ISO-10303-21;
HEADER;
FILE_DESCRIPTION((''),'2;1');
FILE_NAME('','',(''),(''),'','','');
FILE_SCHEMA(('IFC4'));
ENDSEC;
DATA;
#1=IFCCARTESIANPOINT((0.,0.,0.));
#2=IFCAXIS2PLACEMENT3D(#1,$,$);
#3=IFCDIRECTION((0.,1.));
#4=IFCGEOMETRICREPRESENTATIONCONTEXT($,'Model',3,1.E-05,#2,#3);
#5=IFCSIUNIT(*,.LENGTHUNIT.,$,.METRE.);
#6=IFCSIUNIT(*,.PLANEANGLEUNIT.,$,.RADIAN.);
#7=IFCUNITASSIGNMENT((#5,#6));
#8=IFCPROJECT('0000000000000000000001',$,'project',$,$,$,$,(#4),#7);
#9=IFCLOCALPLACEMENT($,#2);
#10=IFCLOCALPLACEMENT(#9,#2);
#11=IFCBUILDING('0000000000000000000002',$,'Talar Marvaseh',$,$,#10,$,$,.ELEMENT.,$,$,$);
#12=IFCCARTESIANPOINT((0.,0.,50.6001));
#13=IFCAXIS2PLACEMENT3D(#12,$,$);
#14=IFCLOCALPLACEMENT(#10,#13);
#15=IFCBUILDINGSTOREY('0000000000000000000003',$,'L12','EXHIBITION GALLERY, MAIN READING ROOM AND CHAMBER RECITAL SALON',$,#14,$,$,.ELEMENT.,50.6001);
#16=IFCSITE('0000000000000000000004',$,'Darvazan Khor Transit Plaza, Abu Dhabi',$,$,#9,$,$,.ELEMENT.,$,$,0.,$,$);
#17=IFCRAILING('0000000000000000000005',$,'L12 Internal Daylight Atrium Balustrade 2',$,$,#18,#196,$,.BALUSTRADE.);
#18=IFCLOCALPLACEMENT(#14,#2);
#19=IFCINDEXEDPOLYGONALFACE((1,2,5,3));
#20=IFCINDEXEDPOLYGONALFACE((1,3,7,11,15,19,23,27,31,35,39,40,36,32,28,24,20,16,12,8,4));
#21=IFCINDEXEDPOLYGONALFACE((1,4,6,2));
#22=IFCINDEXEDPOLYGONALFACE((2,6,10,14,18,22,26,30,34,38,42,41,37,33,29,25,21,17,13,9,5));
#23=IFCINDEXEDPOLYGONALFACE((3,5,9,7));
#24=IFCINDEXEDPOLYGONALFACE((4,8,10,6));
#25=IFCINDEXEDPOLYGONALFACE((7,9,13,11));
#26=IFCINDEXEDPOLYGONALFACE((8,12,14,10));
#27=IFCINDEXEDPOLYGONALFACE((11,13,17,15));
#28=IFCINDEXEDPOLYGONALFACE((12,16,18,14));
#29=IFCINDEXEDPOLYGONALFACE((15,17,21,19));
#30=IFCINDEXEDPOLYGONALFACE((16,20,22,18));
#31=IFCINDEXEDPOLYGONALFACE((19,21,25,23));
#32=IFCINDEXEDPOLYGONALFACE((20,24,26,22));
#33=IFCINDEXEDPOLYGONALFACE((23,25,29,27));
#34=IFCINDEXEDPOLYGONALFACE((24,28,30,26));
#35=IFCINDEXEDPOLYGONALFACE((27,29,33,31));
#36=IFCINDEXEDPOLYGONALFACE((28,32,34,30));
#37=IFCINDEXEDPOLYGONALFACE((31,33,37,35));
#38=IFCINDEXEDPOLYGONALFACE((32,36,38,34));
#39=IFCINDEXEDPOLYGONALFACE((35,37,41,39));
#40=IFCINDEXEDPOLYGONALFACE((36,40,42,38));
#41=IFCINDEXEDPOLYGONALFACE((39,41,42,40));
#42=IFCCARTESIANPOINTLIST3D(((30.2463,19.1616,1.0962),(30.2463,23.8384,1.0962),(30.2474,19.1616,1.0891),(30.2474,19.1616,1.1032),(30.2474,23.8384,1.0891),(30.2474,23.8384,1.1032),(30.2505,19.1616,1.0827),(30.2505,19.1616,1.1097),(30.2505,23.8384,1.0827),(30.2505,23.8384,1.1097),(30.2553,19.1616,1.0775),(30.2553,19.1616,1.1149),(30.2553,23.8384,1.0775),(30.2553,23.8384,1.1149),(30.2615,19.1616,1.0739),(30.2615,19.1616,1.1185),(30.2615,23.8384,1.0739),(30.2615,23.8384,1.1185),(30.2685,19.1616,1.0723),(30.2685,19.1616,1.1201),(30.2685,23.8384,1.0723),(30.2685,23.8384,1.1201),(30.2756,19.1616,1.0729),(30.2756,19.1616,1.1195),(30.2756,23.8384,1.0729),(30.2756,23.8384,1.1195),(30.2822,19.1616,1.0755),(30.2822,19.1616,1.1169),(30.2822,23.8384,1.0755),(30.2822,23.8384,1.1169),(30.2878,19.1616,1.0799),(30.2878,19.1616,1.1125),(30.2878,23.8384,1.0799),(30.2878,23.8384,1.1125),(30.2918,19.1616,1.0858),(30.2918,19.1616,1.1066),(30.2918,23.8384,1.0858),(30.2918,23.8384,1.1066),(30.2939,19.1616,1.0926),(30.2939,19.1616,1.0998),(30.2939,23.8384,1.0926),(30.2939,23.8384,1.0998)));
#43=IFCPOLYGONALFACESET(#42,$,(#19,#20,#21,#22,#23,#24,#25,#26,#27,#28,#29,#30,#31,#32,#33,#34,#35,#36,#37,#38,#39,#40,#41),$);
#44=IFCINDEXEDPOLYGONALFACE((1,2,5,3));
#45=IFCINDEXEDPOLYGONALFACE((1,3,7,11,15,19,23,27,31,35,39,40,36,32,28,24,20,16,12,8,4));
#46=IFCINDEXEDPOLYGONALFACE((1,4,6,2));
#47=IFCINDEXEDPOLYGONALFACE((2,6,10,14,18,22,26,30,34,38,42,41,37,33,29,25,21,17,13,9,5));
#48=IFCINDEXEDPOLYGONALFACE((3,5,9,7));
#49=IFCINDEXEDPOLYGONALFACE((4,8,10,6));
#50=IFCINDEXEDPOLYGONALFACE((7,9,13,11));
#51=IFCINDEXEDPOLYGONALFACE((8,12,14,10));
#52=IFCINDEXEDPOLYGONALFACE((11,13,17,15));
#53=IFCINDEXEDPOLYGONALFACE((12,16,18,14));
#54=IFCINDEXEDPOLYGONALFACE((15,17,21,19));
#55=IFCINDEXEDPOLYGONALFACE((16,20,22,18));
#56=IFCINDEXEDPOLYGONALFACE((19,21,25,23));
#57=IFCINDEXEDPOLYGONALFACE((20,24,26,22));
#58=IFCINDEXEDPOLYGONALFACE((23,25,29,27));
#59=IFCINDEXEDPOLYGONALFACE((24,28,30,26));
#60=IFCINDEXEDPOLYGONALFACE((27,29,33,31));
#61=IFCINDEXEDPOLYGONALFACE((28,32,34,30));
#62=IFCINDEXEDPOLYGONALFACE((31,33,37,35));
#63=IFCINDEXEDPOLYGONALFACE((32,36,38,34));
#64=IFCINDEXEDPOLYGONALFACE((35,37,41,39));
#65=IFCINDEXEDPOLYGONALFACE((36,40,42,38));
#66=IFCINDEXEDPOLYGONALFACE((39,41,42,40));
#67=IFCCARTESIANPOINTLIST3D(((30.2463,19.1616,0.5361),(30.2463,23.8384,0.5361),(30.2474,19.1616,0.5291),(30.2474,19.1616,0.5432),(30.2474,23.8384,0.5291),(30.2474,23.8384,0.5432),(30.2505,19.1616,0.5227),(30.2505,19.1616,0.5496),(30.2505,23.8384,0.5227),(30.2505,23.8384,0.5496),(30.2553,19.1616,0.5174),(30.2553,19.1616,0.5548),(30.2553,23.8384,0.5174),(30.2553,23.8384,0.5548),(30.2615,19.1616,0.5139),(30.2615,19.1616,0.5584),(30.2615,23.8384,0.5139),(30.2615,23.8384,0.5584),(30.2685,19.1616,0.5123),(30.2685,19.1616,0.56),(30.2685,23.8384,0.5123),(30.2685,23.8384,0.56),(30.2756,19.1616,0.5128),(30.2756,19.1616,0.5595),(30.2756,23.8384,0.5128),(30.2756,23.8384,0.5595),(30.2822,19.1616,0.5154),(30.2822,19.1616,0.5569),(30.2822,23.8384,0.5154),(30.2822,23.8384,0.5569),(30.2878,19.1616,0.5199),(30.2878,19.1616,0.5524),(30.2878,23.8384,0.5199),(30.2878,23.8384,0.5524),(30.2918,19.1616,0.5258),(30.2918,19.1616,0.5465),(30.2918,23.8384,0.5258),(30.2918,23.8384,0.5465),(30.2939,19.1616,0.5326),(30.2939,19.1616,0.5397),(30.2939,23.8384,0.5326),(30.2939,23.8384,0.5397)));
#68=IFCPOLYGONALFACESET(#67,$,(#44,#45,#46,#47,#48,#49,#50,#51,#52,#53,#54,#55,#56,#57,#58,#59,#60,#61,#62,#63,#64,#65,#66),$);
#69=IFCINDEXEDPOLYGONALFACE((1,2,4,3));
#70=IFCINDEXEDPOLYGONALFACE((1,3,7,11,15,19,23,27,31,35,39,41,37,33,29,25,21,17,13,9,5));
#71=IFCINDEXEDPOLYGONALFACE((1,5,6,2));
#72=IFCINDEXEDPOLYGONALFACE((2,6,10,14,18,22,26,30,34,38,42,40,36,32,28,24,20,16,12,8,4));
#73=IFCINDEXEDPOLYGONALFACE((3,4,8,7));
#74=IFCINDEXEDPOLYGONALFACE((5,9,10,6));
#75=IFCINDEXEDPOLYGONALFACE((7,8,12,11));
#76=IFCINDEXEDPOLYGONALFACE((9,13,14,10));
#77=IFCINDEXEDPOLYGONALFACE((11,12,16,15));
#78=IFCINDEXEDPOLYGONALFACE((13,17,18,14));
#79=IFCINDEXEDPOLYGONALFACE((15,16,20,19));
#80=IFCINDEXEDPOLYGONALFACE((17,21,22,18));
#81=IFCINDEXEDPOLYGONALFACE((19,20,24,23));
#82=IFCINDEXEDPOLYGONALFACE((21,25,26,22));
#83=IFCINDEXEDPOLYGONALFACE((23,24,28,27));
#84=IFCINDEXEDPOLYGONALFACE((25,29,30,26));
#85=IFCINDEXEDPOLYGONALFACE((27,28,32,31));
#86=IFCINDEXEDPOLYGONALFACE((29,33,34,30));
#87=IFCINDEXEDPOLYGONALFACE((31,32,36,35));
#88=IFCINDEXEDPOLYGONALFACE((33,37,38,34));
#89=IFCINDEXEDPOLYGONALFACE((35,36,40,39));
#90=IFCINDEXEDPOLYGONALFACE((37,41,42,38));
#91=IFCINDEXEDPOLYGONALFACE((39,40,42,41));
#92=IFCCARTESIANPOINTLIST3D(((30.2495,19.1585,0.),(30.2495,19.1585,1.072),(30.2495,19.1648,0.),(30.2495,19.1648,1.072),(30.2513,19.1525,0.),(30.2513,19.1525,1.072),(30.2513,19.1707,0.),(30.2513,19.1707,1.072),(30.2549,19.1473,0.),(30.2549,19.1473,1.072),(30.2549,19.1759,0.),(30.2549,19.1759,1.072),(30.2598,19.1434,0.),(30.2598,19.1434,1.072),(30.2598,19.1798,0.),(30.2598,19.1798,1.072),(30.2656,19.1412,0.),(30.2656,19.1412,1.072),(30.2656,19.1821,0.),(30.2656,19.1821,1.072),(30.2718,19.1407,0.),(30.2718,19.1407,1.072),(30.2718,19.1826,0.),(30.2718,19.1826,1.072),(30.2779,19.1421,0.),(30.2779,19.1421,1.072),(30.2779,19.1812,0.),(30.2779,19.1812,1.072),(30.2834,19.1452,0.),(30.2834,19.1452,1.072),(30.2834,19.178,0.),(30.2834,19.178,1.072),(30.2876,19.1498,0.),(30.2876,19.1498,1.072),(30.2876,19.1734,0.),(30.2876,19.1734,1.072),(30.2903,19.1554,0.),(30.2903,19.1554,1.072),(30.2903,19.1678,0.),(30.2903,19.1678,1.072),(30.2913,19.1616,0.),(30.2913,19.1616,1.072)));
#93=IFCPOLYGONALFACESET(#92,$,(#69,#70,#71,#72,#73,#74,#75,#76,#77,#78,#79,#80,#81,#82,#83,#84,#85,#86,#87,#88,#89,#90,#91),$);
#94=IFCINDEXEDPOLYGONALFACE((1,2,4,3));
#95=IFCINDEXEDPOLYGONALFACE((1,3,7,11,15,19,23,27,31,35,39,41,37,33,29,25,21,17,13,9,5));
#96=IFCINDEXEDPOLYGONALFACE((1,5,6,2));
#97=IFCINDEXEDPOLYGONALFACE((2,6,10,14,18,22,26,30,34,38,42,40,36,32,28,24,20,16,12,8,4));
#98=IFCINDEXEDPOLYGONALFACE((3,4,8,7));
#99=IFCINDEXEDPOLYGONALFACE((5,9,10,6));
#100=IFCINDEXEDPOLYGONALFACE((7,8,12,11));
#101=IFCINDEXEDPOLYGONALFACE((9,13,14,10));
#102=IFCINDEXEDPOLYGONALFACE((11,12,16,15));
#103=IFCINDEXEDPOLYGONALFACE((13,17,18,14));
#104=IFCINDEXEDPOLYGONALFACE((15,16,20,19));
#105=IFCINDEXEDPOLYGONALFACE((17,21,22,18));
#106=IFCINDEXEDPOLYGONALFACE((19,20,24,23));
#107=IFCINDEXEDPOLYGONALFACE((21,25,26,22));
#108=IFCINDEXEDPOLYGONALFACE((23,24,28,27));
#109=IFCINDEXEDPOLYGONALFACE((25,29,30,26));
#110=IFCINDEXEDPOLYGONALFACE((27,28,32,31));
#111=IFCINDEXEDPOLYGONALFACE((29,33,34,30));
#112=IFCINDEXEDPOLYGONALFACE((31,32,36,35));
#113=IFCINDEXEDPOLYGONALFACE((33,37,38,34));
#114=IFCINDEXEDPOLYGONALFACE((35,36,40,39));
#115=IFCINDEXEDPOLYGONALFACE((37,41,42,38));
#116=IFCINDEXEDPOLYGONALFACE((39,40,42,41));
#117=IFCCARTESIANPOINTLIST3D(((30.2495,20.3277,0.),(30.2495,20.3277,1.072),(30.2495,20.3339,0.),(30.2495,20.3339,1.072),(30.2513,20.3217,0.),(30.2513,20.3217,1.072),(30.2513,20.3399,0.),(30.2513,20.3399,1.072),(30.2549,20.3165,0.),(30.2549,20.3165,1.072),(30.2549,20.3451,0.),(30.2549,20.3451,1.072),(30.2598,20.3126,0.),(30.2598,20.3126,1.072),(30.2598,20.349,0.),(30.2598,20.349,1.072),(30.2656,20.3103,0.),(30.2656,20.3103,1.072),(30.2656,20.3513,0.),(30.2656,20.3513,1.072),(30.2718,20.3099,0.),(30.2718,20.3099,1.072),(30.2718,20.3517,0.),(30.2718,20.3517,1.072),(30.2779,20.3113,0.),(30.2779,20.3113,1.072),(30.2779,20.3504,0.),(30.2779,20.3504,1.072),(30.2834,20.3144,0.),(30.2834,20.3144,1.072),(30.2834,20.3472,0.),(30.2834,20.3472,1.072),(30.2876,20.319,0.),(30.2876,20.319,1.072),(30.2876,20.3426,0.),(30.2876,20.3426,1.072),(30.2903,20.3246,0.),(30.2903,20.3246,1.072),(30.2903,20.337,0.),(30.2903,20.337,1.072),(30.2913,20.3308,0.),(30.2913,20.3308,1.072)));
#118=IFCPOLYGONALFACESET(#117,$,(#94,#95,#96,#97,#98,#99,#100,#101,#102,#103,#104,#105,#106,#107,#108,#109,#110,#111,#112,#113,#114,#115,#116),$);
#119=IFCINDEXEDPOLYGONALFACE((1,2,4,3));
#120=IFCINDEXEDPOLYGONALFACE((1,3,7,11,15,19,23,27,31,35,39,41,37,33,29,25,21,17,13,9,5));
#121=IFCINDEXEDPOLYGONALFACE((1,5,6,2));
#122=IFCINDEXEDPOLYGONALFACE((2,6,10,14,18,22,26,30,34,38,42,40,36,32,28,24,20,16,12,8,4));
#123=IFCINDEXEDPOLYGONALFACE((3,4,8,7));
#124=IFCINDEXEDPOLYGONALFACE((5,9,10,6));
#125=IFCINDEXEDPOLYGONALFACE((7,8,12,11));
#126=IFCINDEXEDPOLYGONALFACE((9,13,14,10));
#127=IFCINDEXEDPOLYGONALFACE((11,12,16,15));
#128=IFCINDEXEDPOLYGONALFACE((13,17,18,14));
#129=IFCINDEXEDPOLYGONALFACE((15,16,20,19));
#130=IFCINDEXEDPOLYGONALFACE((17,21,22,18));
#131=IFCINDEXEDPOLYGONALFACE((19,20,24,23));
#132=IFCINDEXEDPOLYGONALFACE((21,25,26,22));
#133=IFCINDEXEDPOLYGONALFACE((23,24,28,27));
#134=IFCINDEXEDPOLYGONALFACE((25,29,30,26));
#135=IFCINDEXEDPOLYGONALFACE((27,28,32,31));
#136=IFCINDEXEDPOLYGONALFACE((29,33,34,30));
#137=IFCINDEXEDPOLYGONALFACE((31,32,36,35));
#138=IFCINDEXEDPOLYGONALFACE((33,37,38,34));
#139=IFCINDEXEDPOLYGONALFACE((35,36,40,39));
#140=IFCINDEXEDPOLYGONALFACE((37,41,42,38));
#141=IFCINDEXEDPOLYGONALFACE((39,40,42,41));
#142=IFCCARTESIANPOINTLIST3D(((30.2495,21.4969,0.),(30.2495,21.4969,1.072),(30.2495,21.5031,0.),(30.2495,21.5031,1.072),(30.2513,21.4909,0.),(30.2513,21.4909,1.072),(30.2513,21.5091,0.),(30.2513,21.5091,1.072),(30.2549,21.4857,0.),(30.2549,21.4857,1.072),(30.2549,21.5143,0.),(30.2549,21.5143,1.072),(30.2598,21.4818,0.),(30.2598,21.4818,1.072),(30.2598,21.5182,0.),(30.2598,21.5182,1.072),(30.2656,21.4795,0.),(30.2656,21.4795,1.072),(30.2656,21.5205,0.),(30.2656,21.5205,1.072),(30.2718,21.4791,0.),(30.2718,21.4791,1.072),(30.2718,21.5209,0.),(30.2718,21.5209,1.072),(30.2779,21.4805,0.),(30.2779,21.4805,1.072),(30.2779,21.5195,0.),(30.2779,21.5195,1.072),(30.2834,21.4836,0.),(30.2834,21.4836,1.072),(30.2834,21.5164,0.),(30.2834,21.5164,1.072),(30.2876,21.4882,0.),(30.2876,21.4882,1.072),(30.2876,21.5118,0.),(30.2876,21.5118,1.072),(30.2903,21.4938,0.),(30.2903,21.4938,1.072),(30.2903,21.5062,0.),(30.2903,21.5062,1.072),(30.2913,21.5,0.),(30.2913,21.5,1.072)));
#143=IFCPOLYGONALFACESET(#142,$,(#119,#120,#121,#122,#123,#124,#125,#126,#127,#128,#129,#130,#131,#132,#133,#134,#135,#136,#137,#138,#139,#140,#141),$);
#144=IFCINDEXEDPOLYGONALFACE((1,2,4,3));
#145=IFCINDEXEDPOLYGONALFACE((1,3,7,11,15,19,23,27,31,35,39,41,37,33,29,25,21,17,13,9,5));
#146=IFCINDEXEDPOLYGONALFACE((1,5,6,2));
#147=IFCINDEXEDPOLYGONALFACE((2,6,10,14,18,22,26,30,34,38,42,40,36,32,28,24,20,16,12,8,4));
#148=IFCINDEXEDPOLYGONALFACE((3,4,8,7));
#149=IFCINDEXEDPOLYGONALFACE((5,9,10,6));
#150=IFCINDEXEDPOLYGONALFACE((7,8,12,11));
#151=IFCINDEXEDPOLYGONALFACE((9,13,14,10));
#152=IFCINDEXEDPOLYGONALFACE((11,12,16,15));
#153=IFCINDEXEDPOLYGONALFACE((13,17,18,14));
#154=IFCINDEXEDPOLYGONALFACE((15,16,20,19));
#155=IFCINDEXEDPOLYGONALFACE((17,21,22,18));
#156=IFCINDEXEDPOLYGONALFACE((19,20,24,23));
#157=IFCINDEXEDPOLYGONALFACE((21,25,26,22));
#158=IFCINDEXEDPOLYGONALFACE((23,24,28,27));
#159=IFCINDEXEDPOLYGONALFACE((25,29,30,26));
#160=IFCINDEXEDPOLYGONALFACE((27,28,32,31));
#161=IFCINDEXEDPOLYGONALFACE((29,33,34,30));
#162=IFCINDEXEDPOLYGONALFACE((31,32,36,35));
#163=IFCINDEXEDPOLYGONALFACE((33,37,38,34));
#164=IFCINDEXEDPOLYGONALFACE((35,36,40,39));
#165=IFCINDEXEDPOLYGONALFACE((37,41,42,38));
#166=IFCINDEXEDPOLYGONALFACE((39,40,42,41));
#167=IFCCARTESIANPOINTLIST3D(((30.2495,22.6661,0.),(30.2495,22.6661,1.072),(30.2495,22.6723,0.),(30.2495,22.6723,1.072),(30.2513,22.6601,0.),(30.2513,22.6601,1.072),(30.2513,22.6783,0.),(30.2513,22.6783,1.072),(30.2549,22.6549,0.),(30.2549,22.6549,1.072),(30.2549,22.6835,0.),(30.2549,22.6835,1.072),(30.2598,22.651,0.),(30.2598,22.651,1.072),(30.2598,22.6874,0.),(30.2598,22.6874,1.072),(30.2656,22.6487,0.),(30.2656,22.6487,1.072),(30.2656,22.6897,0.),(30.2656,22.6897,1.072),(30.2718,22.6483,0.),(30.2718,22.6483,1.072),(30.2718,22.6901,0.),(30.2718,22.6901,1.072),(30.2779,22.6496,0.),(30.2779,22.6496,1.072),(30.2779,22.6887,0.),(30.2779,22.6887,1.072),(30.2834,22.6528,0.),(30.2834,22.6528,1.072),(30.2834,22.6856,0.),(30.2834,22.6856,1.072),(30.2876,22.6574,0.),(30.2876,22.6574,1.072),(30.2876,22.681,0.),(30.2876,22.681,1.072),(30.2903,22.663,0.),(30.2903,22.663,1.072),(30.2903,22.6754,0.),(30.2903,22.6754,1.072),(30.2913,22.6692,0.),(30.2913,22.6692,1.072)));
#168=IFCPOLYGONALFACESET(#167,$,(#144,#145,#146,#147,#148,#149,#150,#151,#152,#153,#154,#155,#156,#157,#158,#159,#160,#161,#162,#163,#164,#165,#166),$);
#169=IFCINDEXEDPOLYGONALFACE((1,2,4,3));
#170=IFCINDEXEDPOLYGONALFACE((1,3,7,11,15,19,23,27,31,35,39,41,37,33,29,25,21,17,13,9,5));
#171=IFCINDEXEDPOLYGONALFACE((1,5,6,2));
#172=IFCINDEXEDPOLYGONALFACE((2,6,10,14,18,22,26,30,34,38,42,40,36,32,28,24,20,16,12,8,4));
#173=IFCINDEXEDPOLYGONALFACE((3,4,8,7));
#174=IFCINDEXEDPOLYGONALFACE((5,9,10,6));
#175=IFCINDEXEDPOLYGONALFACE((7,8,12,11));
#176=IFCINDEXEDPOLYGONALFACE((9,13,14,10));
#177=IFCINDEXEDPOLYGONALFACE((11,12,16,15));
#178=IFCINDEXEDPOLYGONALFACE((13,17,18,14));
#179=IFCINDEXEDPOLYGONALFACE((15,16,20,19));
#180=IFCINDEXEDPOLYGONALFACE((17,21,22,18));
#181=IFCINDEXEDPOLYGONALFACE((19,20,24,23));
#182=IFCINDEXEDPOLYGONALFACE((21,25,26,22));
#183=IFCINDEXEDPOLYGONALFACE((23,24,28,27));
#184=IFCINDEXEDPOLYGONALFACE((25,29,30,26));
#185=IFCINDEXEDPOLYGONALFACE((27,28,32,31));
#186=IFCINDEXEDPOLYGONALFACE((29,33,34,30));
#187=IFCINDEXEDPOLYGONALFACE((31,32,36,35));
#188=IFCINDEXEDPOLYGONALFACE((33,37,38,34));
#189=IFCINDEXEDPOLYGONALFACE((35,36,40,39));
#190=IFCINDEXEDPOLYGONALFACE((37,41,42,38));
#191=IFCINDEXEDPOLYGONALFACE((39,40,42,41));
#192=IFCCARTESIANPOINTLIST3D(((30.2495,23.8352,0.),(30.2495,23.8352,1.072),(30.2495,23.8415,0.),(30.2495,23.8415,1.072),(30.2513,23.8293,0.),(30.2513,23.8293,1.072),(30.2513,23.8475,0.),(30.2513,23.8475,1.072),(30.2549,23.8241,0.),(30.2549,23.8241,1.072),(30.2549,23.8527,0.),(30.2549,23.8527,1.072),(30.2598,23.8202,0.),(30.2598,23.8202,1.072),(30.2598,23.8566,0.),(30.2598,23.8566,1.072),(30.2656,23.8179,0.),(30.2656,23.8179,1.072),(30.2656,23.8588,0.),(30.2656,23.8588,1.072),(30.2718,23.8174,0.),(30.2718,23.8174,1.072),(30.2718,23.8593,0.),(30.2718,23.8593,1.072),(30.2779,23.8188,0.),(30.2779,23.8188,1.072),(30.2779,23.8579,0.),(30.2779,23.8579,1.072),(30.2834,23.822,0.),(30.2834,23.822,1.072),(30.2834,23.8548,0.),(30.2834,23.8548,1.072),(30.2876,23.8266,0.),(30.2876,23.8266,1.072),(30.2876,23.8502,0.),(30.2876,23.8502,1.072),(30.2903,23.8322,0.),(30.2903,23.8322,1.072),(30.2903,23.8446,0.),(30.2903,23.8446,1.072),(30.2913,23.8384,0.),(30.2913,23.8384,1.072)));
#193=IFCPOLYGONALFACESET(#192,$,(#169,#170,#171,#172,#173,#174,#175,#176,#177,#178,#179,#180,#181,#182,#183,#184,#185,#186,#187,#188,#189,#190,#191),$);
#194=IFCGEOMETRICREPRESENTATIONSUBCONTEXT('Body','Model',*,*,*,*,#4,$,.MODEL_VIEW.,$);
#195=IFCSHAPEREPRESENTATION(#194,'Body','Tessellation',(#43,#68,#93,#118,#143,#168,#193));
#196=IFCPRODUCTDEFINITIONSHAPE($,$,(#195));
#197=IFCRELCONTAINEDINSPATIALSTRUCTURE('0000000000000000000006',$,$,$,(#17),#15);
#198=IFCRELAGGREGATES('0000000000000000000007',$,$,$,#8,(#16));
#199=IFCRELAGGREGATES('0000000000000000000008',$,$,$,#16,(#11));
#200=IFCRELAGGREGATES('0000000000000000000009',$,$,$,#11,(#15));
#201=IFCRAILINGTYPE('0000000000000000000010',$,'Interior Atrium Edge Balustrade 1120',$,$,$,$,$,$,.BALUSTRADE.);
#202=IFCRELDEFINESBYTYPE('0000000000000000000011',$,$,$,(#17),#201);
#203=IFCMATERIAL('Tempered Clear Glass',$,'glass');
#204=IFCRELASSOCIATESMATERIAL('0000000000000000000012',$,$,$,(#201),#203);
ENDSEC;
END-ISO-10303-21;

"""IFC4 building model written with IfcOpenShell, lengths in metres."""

from ifc_helpers import new_model, si_unit, direction, frame, origin, origin_2d, place, context, subcontext, project, spatial, circle, extrude, material, type_object, element, save


model = new_model("IFC4")

# Units and contexts
model_context = context("Model", 3, precision=1e-05, world=origin(), true_north=direction((0.0, 1.0)))
body_context = subcontext(model_context, "Body", "Model", "MODEL_VIEW")
ifc_project = project(units=[si_unit("LENGTHUNIT", "METRE"), si_unit("PLANEANGLEUNIT", "RADIAN")], contexts=[model_context])

# Site, building, storey
site_placement = place(None, origin())
site = spatial("IfcSite", under=ifc_project, at=site_placement, Name="Darvazan Khor Transit Plaza, Abu Dhabi", CompositionType="ELEMENT", RefElevation=0.0)
building_placement = place(site_placement, origin())
building = spatial("IfcBuilding", under=site, at=building_placement, Name="Talar Marvaseh", CompositionType="ELEMENT")
storey_placement = place(building_placement, frame((0.0, 0.0, 50.6001)))
storey = spatial("IfcBuildingStorey", under=building, at=storey_placement, Name="L12", Description="EXHIBITION GALLERY, MAIN READING ROOM AND CHAMBER RECITAL SALON", CompositionType="ELEMENT", Elevation=50.6001)

# Railing
ifc_material_1 = material(Name="Tempered Clear Glass", Category="glass")
railing_type_1 = type_object("IfcRailingType", Name="Interior Atrium Edge Balustrade 1120", PredefinedType="BALUSTRADE", material=ifc_material_1)
railing_1_placement = place(storey_placement, frame((30.2703, 19.1616, 0.0)))
element("IfcRailing", 1, at=railing_1_placement, inside=storey, type_object=railing_type_1, Name="L12 Internal Daylight Atrium Balustrade 2", PredefinedType="BALUSTRADE", context=body_context, shape_type="SweptSolid", body=[
    extrude(circle(Radius=0.0239, at=origin_2d()), frame((0.0, 0.0, 1.0962), z_axis=(0.0, 1.0, 0.0), x_axis=(-1.0, 0.0, 0.0)), (0.0, 0.0, 1.0), 4.6768),
    extrude(circle(Radius=0.0239, at=origin_2d()), frame((0.0, 0.0, 0.5361), z_axis=(0.0, 1.0, 0.0), x_axis=(-1.0, 0.0, 0.0)), (0.0, 0.0, 1.0), 4.6768),
    extrude(circle(Radius=0.021, at=origin_2d()), origin(), (0.0, 0.0, 1.0), 1.072),
    extrude(circle(Radius=0.021, at=origin_2d()), frame((0.0, 1.1692, 0.0)), (0.0, 0.0, 1.0), 1.072),
    extrude(circle(Radius=0.021, at=origin_2d()), frame((0.0, 2.3384, 0.0)), (0.0, 0.0, 1.0), 1.072),
    extrude(circle(Radius=0.021, at=origin_2d()), frame((0.0, 3.5076, 0.0)), (0.0, 0.0, 1.0), 1.072),
    extrude(circle(Radius=0.021, at=origin_2d()), frame((0.0, 4.6768, 0.0)), (0.0, 0.0, 1.0), 1.072),
])

save(model, "model.ifc")
